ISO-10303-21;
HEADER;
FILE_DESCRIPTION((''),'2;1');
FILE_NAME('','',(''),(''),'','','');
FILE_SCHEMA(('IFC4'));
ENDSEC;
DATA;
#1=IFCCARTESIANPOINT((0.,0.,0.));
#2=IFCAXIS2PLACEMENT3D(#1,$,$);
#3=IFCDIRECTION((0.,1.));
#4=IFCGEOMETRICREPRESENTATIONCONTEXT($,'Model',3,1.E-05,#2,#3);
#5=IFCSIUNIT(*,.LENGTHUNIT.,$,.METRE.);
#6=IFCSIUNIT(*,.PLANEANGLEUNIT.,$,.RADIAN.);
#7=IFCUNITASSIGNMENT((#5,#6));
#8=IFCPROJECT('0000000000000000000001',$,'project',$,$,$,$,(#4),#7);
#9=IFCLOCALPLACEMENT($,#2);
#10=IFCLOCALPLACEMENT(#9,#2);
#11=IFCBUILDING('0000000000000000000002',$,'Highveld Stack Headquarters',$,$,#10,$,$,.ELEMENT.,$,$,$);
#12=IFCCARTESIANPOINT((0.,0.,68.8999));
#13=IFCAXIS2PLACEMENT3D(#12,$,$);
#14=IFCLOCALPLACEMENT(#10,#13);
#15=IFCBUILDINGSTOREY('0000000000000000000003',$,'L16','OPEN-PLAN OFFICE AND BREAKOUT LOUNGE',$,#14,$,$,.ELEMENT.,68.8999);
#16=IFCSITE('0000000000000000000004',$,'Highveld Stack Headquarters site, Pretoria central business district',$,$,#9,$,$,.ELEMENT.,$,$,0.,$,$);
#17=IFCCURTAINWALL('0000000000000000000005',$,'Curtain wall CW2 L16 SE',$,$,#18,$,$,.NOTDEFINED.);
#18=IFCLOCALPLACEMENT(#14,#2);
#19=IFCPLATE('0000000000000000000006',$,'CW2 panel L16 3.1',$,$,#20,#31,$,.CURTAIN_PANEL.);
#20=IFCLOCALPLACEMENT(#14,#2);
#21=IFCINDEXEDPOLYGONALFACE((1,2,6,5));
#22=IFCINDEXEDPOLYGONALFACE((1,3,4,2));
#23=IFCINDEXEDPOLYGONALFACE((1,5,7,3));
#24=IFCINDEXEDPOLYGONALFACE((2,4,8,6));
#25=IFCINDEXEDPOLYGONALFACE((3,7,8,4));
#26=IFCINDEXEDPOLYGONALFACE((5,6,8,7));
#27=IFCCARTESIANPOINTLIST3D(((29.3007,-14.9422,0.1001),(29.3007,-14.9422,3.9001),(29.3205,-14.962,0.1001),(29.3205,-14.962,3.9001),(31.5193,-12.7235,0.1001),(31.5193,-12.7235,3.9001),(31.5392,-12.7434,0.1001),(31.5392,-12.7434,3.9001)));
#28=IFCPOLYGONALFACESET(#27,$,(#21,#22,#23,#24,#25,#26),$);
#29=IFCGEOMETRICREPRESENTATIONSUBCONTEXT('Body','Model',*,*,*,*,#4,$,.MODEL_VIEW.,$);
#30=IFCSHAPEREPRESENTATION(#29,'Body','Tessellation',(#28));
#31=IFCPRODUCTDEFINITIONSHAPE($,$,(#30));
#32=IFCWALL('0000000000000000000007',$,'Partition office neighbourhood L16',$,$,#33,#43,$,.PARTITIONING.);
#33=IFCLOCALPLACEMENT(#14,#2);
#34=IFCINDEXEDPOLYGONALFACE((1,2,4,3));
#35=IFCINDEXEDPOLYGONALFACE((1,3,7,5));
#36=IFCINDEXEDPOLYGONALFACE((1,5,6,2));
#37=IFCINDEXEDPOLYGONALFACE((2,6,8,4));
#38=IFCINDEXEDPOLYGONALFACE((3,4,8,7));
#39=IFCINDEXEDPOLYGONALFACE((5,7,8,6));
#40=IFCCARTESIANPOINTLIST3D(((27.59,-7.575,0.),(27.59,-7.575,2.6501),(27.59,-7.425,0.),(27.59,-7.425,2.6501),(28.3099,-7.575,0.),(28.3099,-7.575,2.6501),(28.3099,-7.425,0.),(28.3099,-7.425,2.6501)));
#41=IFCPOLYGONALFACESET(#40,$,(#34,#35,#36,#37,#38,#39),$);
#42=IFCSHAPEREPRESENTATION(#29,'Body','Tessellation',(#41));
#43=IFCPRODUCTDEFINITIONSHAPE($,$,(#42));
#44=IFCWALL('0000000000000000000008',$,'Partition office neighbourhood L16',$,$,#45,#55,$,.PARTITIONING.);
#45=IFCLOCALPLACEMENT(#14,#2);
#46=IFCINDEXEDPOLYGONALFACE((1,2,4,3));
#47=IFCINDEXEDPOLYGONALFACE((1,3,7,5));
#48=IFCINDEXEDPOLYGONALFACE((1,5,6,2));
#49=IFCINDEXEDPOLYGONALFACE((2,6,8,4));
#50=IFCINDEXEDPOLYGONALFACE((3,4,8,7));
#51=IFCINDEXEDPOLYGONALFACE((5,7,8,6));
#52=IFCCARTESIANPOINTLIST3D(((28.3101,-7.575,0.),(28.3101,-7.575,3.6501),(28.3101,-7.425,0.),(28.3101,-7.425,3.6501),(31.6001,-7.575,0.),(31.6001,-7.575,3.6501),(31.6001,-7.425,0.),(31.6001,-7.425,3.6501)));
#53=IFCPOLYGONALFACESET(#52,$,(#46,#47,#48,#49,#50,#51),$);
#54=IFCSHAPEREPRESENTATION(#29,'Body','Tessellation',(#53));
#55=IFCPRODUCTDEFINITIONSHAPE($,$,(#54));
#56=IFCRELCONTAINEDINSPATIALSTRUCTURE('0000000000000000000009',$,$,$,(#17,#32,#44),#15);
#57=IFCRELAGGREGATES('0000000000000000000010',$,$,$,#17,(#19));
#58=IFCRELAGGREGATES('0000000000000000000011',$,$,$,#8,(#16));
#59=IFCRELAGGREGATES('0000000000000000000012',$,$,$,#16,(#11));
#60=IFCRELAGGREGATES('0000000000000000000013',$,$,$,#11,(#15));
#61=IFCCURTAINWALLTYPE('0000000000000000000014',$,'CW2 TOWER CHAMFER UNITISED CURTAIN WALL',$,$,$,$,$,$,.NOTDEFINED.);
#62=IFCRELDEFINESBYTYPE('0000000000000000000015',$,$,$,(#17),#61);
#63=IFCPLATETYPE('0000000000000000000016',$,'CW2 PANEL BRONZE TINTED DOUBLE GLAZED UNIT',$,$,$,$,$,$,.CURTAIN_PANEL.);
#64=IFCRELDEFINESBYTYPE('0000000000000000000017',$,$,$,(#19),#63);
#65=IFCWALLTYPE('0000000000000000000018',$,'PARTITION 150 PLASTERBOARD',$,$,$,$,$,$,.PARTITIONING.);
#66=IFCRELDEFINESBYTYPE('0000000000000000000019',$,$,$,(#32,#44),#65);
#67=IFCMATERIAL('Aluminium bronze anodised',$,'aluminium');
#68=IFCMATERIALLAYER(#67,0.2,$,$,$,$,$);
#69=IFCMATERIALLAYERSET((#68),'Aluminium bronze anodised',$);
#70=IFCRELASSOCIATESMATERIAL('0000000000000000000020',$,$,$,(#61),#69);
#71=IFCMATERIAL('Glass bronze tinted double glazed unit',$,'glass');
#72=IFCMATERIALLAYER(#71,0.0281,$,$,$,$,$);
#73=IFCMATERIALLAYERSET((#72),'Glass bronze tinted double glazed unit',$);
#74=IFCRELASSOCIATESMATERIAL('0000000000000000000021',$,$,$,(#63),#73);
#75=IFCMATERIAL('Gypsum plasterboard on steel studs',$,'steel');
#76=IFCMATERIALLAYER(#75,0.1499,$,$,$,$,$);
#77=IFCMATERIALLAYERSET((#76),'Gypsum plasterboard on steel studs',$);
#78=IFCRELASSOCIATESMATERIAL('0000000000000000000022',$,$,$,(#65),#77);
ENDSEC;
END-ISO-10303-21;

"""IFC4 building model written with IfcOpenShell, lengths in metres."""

from ifc_helpers import new_model, si_unit, direction, frame, frame_2d, origin, origin_2d, place, context, subcontext, project, spatial, rectangle, extrude, material, layer, layer_set, type_object, element, aggregate, save


model = new_model("IFC4")

# Units and contexts
model_context = context("Model", 3, precision=1e-05, world=origin(), true_north=direction((0.0, 1.0)))
body_context = subcontext(model_context, "Body", "Model", "MODEL_VIEW")
ifc_project = project(units=[si_unit("LENGTHUNIT", "METRE"), si_unit("PLANEANGLEUNIT", "RADIAN")], contexts=[model_context])

# Site, building, storey
site_placement = place(None, origin())
site = spatial("IfcSite", under=ifc_project, at=site_placement, Name="Highveld Stack Headquarters site, Pretoria central business district", CompositionType="ELEMENT", RefElevation=0.0)
building_placement = place(site_placement, origin())
building = spatial("IfcBuilding", under=site, at=building_placement, Name="Highveld Stack Headquarters", CompositionType="ELEMENT")
storey_placement = place(building_placement, frame((0.0, 0.0, 68.8999)))
storey = spatial("IfcBuildingStorey", under=building, at=storey_placement, Name="L16", Description="OPEN-PLAN OFFICE AND BREAKOUT LOUNGE", CompositionType="ELEMENT", Elevation=68.8999)

# Curtain wall
ifc_material_1 = material(Name="Aluminium bronze anodised", Category="aluminium")
ifc_layer_1 = layer(ifc_material_1, 0.2)
ifc_layer_set_1 = layer_set([ifc_layer_1], Name="Aluminium bronze anodised")
curtain_wall_type_1 = type_object("IfcCurtainWallType", Name="CW2 TOWER CHAMFER UNITISED CURTAIN WALL", PredefinedType="NOTDEFINED", material=ifc_layer_set_1)
curtain_wall_1_placement = place(storey_placement, origin())
curtain_wall_1 = element("IfcCurtainWall", 1, at=curtain_wall_1_placement, inside=storey, type_object=curtain_wall_type_1, Name="Curtain wall CW2 L16 SE", PredefinedType="NOTDEFINED")

# Plate
ifc_material_2 = material(Name="Glass bronze tinted double glazed unit", Category="glass")
ifc_layer_2 = layer(ifc_material_2, 0.0281)
ifc_layer_set_2 = layer_set([ifc_layer_2], Name="Glass bronze tinted double glazed unit")
plate_type_1 = type_object("IfcPlateType", Name="CW2 PANEL BRONZE TINTED DOUBLE GLAZED UNIT", PredefinedType="CURTAIN_PANEL", material=ifc_layer_set_2)
plate_1_placement = place(storey_placement, frame((30.4199, -13.8428, 0.1001), z_axis=(0.0, 0.0, 1.0), x_axis=(0.707107, 0.707107, 0.0)))
plate_1 = element("IfcPlate", 2, at=plate_1_placement, type_object=plate_type_1, Name="CW2 panel L16 3.1", PredefinedType="CURTAIN_PANEL", context=body_context, shape_type="SweptSolid", body=[
    extrude(rectangle(XDim=3.1377, YDim=0.0281, at=origin_2d()), origin(), (0.0, 0.0, 1.0), 3.8),
])
aggregate(curtain_wall_1, [plate_1])

# Walls
ifc_material_3 = material(Name="Gypsum plasterboard on steel studs", Category="steel")
ifc_layer_3 = layer(ifc_material_3, 0.1499)
ifc_layer_set_3 = layer_set([ifc_layer_3], Name="Gypsum plasterboard on steel studs")
wall_type = type_object("IfcWallType", Name="PARTITION 150 PLASTERBOARD", PredefinedType="PARTITIONING", material=ifc_layer_set_3)
wall_1_placement = place(storey_placement, frame((27.5901, -7.5, 0.0), z_axis=(0.0, 0.0, 1.0), x_axis=(1.0, 0.0, 0.0)))
element("IfcWall", 3, at=wall_1_placement, inside=storey, type_object=wall_type, Name="Partition office neighbourhood L16", PredefinedType="PARTITIONING", context=body_context, shape_type="SweptSolid", body=[
    extrude(rectangle(XDim=0.72, YDim=0.1499, at=frame_2d((0.3599, 0.0))), origin(), (0.0, 0.0, 1.0), 2.6501),
])
wall_2_placement = place(storey_placement, frame((28.3101, -7.5, 0.0), z_axis=(0.0, 0.0, 1.0), x_axis=(1.0, 0.0, 0.0)))
element("IfcWall", 4, at=wall_2_placement, inside=storey, type_object=wall_type, Name="Partition office neighbourhood L16", PredefinedType="PARTITIONING", context=body_context, shape_type="SweptSolid", body=[
    extrude(rectangle(XDim=3.29, YDim=0.1499, at=frame_2d((1.645, 0.0))), origin(), (0.0, 0.0, 1.0), 3.6501),
])

save(model, "model.ifc")
